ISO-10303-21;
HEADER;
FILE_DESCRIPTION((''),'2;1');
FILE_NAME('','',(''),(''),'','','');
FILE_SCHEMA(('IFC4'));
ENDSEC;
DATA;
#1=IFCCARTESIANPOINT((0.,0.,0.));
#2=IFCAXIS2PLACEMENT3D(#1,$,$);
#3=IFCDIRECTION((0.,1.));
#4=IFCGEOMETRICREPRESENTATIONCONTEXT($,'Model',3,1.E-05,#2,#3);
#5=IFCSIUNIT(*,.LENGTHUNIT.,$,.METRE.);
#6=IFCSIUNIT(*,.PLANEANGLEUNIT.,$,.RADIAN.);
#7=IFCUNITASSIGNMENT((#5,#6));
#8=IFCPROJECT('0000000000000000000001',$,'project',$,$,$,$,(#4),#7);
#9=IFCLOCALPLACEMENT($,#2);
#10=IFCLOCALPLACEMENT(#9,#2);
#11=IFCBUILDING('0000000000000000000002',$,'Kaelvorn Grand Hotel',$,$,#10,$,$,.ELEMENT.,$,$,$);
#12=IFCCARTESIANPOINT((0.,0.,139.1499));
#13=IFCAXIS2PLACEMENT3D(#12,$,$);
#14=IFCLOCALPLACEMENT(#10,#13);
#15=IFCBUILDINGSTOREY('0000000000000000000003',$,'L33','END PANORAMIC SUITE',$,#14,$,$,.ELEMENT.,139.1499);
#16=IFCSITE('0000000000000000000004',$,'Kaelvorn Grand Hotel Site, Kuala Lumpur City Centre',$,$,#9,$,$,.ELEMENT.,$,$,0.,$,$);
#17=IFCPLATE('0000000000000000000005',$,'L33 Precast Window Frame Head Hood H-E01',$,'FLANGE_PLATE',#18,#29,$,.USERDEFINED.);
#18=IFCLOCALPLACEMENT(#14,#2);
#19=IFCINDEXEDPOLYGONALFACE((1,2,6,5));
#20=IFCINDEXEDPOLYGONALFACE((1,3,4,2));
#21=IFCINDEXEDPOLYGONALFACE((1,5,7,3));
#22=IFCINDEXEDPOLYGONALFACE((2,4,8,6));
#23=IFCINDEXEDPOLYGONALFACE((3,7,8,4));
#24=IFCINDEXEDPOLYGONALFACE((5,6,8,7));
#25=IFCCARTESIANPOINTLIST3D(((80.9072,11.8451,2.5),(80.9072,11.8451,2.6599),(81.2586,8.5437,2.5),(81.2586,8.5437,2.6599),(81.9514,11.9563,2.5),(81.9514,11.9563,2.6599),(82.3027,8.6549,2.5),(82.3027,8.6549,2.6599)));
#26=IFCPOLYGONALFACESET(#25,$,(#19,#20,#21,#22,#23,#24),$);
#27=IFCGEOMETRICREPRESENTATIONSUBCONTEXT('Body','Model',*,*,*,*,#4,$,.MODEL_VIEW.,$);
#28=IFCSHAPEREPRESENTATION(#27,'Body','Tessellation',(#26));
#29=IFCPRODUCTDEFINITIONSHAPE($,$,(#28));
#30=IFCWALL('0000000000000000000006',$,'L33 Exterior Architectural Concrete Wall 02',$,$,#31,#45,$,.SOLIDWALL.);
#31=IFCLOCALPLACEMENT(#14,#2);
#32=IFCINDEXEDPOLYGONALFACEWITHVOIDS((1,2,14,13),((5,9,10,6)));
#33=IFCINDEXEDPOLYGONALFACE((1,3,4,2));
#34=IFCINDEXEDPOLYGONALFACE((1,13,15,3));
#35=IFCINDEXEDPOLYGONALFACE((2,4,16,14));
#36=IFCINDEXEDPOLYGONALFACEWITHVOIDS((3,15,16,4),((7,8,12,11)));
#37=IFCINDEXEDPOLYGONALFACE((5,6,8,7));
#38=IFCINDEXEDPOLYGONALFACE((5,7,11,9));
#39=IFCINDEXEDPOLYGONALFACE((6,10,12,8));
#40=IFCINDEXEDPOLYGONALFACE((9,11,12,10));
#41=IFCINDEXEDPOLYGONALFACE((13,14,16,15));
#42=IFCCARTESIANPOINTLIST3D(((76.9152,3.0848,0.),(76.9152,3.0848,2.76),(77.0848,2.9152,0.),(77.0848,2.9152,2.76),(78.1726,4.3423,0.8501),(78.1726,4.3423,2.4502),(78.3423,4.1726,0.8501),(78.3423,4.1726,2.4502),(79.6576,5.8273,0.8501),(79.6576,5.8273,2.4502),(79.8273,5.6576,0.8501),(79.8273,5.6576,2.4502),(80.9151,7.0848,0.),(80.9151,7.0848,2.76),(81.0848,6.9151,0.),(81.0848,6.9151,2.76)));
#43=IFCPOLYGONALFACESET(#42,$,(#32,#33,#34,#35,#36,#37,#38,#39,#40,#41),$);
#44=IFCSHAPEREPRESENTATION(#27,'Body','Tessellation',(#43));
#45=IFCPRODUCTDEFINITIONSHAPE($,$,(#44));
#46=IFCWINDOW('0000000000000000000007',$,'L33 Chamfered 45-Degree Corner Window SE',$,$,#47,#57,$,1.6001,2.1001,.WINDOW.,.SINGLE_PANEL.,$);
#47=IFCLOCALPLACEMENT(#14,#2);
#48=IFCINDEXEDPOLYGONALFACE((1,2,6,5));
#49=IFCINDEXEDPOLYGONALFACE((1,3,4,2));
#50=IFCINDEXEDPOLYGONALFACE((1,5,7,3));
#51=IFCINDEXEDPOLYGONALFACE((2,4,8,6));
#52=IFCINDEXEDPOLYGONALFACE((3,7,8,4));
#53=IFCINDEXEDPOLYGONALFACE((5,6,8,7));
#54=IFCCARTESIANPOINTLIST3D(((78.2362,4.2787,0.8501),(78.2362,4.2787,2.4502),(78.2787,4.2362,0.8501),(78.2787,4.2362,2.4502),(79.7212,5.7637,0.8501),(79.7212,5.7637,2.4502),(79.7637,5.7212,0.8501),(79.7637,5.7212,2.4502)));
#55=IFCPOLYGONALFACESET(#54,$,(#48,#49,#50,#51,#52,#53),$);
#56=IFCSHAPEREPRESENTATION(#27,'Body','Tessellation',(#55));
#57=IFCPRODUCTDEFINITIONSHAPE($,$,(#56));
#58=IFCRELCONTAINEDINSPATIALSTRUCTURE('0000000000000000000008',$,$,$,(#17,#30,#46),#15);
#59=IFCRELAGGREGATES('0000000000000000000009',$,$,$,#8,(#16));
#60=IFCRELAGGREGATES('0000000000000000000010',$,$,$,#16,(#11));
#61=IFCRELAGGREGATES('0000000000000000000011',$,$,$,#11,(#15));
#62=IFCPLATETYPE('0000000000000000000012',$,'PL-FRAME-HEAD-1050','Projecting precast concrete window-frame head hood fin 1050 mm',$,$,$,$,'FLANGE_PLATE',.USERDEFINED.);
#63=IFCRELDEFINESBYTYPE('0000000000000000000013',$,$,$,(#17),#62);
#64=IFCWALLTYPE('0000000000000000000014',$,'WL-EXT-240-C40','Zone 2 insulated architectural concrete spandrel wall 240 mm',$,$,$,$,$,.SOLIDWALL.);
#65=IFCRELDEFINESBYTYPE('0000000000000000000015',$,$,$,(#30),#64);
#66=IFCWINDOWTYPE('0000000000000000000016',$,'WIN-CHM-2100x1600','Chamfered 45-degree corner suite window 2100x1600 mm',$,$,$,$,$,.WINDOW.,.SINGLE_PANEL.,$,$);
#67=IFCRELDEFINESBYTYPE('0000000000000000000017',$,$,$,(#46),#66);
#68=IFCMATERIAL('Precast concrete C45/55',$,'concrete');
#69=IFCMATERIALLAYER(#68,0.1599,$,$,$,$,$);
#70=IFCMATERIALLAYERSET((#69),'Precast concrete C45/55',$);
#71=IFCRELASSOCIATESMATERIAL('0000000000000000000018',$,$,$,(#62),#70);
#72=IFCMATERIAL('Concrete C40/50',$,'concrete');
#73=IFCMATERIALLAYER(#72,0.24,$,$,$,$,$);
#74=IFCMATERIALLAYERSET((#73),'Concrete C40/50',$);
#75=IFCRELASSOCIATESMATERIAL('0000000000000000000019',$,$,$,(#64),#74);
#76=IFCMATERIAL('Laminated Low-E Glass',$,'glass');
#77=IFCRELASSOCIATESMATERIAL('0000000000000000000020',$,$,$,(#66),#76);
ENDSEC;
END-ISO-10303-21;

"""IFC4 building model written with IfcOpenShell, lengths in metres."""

from ifc_helpers import new_model, si_unit, direction, frame, frame_2d, origin, origin_2d, place, context, subcontext, project, spatial, rectangle, extrude, material, layer, layer_set, type_object, element, fill, save


model = new_model("IFC4")

# Units and contexts
model_context = context("Model", 3, precision=1e-05, world=origin(), true_north=direction((0.0, 1.0)))
body_context = subcontext(model_context, "Body", "Model", "MODEL_VIEW")
ifc_project = project(units=[si_unit("LENGTHUNIT", "METRE"), si_unit("PLANEANGLEUNIT", "RADIAN")], contexts=[model_context])

# Site, building, storey
site_placement = place(None, origin())
site = spatial("IfcSite", under=ifc_project, at=site_placement, Name="Kaelvorn Grand Hotel Site, Kuala Lumpur City Centre", CompositionType="ELEMENT", RefElevation=0.0)
building_placement = place(site_placement, origin())
building = spatial("IfcBuilding", under=site, at=building_placement, Name="Kaelvorn Grand Hotel", CompositionType="ELEMENT")
storey_placement = place(building_placement, frame((0.0, 0.0, 139.1499)))
storey = spatial("IfcBuildingStorey", under=building, at=storey_placement, Name="L33", Description="END PANORAMIC SUITE", CompositionType="ELEMENT", Elevation=139.1499)

# Shared definitions
ifc_material_1 = material(Name="Concrete C40/50", Category="concrete")

# Plate
ifc_material_2 = material(Name="Precast concrete C45/55", Category="concrete")
ifc_layer_1 = layer(ifc_material_2, 0.1599)
ifc_layer_set_1 = layer_set([ifc_layer_1], Name="Precast concrete C45/55")
plate_type_1 = type_object("IfcPlateType", Name="PL-FRAME-HEAD-1050", Description="Projecting precast concrete window-frame head hood fin 1050 mm", ElementType="FLANGE_PLATE", PredefinedType="USERDEFINED", material=ifc_layer_set_1)
plate_1_placement = place(storey_placement, frame((81.605, 10.25, 2.5), z_axis=(0.0, 0.0, 1.0), x_axis=(-0.10583, 0.994384, 0.0)))
element("IfcPlate", 1, at=plate_1_placement, inside=storey, type_object=plate_type_1, Name="L33 Precast Window Frame Head Hood H-E01", ObjectType="FLANGE_PLATE", PredefinedType="USERDEFINED", context=body_context, shape_type="SweptSolid", body=[
    extrude(rectangle(XDim=3.3201, YDim=1.05, at=origin_2d()), origin(), (0.0, 0.0, 1.0), 0.1599),
])

# Wall, opening, window
ifc_layer_2 = layer(ifc_material_1, 0.24)
ifc_layer_set_2 = layer_set([ifc_layer_2], Name="Concrete C40/50")
wall_type_1 = type_object("IfcWallType", Name="WL-EXT-240-C40", Description="Zone 2 insulated architectural concrete spandrel wall 240 mm", PredefinedType="SOLIDWALL", material=ifc_layer_set_2)
wall_1_placement = place(storey_placement, frame((77.0, 3.0, 0.0), z_axis=(0.0, 0.0, 1.0), x_axis=(0.707107, 0.707107, 0.0)))
wall_1 = element("IfcWall", 2, at=wall_1_placement, inside=storey, type_object=wall_type_1, Name="L33 Exterior Architectural Concrete Wall 02", PredefinedType="SOLIDWALL", context=body_context, shape_type="SweptSolid", body=[
    extrude(rectangle(XDim=5.6567, YDim=0.24, at=frame_2d((2.8284, 0.0))), origin(), (0.0, 0.0, 1.0), 2.76),
])
opening_1_placement = place(wall_1_placement, frame((1.7783, 0.0, 0.8501)))
opening_1 = element("IfcOpeningElement", 3, at=opening_1_placement, cuts=wall_1, PredefinedType="OPENING", context=body_context, shape_type="SweptSolid", body=[
    extrude(rectangle(XDim=2.1001, YDim=1.6001, at=frame_2d((1.05, 0.8))), frame((0.0, 0.1299, 0.0), z_axis=(0.0, -1.0, 0.0), x_axis=(1.0, 0.0, 0.0)), (0.0, 0.0, 1.0), 0.26),
])
ifc_material_3 = material(Name="Laminated Low-E Glass", Category="glass")
window_type_1 = type_object("IfcWindowType", Name="WIN-CHM-2100x1600", Description="Chamfered 45-degree corner suite window 2100x1600 mm", PartitioningType="SINGLE_PANEL", PredefinedType="WINDOW", material=ifc_material_3)
window_1_placement = place(opening_1_placement, origin())
window_1 = element("IfcWindow", 4, at=window_1_placement, inside=storey, type_object=window_type_1, Name="L33 Chamfered 45-Degree Corner Window SE", OverallHeight=1.6001, OverallWidth=2.1001, PartitioningType="SINGLE_PANEL", PredefinedType="WINDOW", context=body_context, shape_type="SweptSolid", body=[
    extrude(rectangle(XDim=2.1001, YDim=1.6001, at=frame_2d((1.05, 0.8))), frame((0.0, 0.03, 0.0), z_axis=(0.0, -1.0, 0.0), x_axis=(1.0, 0.0, 0.0)), (0.0, 0.0, 1.0), 0.0601),
])
fill(opening_1, window_1)

save(model, "model.ifc")
